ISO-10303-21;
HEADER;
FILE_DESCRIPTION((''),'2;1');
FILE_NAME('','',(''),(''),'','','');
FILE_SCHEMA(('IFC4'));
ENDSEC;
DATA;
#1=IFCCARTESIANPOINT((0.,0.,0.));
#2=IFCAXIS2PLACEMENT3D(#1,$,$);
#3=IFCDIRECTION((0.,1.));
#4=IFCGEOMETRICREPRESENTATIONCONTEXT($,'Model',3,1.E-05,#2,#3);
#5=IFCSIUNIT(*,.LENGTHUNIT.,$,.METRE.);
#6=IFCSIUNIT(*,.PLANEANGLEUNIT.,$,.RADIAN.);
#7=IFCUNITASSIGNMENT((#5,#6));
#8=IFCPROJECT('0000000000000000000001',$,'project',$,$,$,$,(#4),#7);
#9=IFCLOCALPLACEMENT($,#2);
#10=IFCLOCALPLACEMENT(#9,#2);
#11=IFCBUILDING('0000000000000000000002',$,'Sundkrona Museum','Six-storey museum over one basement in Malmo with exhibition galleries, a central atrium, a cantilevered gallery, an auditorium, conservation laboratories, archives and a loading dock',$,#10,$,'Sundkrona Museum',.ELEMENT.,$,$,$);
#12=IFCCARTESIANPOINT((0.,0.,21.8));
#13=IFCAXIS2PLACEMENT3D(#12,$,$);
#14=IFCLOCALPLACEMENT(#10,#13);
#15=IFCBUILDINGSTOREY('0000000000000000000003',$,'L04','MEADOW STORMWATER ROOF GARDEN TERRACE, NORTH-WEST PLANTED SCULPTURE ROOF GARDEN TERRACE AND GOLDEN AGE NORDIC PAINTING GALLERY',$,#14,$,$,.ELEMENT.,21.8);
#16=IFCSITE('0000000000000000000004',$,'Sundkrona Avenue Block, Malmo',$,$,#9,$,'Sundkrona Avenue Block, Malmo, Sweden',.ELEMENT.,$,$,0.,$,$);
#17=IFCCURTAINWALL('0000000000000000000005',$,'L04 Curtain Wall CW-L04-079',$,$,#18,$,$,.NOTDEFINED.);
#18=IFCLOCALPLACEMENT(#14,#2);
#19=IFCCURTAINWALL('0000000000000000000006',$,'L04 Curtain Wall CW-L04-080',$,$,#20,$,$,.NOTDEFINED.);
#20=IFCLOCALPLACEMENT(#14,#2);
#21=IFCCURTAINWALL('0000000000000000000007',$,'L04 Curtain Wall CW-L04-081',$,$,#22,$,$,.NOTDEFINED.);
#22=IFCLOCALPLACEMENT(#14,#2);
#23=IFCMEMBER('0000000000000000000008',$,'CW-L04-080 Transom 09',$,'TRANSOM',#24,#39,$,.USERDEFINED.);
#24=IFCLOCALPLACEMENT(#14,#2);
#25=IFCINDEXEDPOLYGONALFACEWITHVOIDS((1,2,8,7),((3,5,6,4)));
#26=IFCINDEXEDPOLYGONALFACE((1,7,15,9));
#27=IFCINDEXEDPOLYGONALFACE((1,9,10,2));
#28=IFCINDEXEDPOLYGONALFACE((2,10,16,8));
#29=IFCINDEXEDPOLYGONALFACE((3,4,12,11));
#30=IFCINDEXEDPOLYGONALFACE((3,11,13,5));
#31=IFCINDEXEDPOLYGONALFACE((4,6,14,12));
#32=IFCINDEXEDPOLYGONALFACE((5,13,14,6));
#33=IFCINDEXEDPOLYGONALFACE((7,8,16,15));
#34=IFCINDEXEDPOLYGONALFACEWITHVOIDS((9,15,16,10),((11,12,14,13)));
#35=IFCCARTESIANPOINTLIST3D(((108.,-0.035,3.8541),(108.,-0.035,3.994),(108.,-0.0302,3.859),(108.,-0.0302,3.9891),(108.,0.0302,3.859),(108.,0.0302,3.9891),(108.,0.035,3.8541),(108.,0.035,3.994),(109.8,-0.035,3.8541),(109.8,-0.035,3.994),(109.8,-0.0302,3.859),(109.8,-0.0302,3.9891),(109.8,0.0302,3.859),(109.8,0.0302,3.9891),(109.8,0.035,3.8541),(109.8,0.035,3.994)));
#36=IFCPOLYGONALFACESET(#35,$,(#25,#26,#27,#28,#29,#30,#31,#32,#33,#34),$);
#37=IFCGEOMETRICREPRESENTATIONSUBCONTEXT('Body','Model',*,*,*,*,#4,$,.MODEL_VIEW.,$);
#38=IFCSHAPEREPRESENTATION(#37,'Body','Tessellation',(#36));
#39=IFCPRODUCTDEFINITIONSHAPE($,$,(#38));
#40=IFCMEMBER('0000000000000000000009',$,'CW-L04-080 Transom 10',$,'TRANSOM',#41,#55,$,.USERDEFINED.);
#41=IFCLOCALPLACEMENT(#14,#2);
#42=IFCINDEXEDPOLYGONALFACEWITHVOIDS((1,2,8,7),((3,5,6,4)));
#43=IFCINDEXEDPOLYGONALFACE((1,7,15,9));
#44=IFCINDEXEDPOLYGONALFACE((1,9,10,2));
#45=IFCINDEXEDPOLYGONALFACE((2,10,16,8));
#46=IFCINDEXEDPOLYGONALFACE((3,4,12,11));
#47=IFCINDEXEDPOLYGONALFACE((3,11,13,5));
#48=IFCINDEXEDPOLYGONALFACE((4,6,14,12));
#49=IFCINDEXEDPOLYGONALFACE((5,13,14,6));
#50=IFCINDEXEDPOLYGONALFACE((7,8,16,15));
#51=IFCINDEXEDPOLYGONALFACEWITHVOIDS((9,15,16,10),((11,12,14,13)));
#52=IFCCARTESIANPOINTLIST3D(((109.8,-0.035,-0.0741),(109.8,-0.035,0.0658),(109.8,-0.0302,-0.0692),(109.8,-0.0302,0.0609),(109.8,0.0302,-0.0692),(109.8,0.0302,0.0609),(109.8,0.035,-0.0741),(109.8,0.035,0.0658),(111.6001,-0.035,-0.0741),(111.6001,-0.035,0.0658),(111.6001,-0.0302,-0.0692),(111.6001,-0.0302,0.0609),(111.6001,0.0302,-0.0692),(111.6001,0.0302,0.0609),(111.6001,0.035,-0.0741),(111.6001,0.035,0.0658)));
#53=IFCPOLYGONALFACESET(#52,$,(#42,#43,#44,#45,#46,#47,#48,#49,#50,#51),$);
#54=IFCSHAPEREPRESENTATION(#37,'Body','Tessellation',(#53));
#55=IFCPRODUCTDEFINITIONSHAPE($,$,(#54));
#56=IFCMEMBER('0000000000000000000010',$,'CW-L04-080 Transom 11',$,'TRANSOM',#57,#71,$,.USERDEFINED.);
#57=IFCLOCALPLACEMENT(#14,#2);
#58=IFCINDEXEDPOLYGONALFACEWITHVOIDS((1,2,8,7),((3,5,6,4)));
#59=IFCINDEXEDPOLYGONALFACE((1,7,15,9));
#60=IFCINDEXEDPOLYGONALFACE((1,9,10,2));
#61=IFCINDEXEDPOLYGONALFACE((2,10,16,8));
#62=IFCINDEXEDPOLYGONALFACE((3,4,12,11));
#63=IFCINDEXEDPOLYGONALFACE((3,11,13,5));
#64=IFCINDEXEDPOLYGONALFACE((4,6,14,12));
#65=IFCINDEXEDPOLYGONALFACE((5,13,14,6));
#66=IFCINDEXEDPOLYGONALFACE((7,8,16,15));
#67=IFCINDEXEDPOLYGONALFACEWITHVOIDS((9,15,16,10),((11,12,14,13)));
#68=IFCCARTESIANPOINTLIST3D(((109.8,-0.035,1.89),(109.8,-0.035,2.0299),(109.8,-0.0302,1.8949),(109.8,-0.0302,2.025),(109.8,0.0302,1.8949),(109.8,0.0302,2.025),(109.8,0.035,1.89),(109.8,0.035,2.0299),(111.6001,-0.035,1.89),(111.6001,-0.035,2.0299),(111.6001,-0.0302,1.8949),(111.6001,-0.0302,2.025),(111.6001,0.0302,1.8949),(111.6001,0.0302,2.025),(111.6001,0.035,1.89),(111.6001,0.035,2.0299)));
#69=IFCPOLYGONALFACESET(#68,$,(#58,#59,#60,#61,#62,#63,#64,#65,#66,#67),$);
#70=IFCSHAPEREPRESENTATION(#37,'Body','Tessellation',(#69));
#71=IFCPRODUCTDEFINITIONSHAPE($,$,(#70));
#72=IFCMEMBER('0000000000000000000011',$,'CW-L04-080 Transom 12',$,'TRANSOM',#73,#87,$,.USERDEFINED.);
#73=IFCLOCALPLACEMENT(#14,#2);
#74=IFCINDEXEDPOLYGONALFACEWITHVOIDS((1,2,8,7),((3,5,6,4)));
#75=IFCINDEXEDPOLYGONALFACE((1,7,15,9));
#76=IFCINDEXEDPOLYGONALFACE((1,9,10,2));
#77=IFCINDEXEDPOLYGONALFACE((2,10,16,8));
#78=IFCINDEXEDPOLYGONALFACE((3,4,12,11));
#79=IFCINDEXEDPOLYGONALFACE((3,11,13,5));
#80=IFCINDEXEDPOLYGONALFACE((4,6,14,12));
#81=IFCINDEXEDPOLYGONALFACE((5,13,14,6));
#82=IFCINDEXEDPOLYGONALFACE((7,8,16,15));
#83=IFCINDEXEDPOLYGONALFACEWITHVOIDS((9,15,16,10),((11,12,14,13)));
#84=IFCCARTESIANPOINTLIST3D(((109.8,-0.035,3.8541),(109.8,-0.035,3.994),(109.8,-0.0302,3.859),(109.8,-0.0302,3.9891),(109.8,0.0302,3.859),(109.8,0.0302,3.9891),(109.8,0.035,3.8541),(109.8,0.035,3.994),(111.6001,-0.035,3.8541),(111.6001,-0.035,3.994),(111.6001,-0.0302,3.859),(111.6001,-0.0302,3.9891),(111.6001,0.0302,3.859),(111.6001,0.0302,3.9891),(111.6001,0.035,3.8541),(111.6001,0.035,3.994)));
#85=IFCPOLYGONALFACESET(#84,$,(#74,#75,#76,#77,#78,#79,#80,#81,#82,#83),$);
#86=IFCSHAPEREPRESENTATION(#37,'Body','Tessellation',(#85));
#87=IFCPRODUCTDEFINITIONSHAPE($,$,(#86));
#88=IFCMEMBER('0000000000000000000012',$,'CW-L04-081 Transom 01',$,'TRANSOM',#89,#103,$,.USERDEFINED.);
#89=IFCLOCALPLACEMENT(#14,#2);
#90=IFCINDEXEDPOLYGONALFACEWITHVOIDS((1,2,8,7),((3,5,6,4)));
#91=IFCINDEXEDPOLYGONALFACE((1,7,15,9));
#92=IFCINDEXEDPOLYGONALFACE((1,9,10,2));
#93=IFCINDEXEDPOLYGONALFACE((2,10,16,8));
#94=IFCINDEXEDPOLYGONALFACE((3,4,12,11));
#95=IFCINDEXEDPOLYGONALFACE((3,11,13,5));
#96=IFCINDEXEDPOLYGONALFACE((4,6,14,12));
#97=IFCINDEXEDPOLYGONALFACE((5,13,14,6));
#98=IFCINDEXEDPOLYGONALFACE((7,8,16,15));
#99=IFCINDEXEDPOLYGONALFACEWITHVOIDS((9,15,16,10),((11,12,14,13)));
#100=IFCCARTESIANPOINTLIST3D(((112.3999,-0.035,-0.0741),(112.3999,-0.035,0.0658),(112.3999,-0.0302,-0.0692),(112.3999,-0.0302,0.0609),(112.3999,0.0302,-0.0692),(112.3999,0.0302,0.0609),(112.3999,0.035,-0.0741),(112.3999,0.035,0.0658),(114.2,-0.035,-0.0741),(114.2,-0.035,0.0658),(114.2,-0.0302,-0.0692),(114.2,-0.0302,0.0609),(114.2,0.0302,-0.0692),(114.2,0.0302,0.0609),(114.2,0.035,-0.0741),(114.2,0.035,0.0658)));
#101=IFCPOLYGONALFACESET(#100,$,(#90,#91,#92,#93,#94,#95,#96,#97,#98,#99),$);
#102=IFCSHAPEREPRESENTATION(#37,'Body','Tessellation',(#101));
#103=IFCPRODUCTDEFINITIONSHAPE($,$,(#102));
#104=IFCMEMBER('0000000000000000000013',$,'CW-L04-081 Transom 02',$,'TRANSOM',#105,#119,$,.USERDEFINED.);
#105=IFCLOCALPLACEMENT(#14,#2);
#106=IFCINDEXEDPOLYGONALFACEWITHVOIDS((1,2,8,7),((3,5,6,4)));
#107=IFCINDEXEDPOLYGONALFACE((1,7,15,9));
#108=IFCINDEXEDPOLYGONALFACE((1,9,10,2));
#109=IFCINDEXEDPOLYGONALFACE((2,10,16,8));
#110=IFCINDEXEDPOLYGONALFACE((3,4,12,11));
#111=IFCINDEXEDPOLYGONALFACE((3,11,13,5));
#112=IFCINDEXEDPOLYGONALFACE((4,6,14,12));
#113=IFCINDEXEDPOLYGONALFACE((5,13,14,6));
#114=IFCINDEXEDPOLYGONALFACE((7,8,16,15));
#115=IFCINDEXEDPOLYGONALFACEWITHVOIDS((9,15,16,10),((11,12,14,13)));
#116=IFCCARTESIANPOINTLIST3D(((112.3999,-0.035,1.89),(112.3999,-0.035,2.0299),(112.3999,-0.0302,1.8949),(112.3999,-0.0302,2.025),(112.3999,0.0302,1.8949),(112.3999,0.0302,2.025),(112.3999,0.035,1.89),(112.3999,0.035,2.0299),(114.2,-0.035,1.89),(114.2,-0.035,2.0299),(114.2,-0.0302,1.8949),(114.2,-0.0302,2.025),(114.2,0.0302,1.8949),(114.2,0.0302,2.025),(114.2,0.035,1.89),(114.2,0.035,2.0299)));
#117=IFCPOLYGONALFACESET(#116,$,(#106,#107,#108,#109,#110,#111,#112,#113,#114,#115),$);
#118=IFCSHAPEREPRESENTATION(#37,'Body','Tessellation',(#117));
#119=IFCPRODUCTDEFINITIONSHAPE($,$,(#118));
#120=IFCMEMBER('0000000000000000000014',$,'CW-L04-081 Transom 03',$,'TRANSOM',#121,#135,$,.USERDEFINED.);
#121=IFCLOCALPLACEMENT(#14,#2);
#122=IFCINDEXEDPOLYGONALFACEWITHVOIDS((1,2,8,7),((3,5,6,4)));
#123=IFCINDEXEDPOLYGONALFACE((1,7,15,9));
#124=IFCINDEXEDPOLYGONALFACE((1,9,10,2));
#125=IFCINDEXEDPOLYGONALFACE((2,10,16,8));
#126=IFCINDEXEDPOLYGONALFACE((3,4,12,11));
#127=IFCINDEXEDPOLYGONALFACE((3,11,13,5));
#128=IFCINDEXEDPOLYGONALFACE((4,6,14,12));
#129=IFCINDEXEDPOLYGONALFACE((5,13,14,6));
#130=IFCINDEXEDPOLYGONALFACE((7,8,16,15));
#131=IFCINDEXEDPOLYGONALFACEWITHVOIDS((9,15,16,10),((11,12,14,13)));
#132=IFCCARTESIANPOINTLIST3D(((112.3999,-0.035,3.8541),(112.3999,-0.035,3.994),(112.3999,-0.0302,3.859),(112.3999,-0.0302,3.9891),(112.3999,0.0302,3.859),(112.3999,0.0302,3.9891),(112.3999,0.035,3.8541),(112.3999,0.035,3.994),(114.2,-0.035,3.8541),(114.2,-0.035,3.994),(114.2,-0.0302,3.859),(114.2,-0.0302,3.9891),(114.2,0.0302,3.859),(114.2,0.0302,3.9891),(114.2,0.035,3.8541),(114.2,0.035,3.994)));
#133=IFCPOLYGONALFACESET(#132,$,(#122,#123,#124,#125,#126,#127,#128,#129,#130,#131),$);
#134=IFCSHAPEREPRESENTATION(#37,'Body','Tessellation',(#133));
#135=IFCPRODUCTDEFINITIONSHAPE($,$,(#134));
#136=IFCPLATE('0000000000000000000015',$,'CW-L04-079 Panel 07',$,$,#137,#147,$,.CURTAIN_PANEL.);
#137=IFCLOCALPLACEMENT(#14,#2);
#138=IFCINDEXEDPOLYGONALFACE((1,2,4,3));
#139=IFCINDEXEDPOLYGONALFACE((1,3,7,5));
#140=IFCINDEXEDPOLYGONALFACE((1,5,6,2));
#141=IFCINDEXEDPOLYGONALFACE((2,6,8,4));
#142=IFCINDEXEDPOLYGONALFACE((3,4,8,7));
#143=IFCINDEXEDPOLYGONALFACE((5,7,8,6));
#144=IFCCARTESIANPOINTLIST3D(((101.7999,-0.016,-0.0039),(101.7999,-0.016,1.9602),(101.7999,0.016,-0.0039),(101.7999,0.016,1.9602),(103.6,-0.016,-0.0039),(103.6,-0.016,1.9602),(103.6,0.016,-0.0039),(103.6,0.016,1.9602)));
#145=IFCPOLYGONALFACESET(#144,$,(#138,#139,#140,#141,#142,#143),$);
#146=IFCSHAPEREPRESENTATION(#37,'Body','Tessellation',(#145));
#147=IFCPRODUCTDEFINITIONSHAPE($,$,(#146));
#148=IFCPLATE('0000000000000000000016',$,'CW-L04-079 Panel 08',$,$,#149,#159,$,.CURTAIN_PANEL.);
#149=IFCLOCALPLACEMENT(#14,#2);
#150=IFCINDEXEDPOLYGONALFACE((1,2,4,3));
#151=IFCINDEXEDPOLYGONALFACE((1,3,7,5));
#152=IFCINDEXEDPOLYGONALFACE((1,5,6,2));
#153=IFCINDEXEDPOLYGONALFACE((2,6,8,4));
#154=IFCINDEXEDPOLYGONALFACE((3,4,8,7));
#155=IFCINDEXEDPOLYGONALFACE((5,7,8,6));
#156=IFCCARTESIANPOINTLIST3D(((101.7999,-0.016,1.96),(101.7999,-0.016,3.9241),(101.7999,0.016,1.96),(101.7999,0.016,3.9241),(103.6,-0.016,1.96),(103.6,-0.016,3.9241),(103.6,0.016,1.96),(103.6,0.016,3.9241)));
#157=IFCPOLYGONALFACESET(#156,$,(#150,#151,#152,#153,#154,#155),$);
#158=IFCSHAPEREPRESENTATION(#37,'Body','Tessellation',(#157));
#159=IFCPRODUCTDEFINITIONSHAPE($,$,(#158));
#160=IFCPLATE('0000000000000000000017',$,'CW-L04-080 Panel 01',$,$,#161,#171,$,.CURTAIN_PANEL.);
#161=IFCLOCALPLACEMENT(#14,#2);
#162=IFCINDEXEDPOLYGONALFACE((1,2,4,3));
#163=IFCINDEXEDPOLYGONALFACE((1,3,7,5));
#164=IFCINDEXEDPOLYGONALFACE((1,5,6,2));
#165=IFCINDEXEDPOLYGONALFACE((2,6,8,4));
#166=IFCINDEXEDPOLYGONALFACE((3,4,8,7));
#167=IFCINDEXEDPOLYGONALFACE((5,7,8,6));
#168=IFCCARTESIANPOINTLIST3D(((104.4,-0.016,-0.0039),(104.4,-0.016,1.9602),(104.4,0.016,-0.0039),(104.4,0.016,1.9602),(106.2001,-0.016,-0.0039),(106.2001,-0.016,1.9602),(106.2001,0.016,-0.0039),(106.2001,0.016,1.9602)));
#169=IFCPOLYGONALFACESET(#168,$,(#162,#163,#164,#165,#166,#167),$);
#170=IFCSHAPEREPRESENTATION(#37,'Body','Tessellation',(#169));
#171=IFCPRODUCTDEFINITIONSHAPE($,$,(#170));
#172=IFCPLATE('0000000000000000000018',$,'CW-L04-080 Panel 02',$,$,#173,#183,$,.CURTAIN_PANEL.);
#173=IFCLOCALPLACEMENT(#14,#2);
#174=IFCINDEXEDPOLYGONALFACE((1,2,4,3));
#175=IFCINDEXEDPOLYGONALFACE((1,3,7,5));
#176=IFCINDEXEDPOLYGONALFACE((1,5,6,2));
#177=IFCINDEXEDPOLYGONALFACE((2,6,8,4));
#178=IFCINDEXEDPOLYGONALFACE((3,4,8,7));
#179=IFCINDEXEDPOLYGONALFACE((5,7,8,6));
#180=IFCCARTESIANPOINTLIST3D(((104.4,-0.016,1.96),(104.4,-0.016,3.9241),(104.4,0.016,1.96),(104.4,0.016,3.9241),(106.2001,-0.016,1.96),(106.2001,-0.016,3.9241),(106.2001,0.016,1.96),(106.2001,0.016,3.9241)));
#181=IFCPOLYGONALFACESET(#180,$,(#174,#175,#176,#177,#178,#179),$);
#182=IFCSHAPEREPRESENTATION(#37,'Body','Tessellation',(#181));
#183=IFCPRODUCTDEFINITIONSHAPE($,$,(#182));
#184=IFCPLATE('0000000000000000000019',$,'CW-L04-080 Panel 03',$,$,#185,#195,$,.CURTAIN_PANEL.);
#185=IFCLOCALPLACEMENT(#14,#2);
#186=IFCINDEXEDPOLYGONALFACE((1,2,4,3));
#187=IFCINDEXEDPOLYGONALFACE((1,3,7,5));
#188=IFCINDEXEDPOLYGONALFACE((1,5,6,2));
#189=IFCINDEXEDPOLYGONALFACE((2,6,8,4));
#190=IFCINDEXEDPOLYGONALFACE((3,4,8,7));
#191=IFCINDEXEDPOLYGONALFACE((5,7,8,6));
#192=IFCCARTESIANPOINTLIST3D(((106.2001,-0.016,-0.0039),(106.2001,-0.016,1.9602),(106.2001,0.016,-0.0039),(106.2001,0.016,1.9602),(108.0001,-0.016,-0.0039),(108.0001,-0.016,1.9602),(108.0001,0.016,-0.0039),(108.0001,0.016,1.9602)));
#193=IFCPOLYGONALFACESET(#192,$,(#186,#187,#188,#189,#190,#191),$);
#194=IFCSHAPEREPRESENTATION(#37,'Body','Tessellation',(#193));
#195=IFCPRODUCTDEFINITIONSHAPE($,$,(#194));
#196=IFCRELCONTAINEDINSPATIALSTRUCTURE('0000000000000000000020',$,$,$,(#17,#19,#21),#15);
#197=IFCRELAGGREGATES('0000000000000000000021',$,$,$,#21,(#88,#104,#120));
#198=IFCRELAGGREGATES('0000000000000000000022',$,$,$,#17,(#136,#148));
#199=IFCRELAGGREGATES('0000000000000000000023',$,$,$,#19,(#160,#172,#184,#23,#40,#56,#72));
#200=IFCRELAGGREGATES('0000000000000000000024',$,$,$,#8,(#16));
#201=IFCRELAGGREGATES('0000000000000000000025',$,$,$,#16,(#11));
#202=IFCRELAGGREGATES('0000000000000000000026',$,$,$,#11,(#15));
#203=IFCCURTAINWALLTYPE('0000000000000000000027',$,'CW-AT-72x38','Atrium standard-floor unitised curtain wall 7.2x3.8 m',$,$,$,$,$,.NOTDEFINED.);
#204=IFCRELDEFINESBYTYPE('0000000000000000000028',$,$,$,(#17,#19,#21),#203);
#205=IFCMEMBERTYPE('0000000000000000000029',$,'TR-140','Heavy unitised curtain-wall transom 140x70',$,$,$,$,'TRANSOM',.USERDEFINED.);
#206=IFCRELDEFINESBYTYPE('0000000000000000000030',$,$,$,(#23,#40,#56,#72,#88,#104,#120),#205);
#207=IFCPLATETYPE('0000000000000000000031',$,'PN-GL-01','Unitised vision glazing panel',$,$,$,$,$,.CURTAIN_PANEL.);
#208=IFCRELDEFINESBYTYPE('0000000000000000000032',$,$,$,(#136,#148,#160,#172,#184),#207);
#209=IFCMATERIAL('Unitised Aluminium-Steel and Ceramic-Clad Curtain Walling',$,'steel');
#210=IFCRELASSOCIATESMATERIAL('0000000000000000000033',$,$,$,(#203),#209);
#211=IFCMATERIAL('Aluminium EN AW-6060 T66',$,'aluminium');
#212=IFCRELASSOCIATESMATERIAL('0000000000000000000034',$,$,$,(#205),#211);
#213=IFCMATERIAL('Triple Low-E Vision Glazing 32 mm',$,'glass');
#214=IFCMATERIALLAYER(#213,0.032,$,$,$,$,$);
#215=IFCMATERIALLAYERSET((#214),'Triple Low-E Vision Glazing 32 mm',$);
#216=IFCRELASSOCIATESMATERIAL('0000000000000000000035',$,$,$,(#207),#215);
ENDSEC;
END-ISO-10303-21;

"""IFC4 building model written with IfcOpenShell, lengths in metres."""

from ifc_helpers import new_model, si_unit, direction, frame, origin, origin_2d, place, context, subcontext, project, spatial, rectangle, hollow_rectangle, extrude, material, layer, layer_set, material_profile, profile_set, type_object, element, aggregate, save


model = new_model("IFC4")

# Units and contexts
model_context = context("Model", 3, precision=1e-05, world=origin(), true_north=direction((0.0, 1.0)))
body_context = subcontext(model_context, "Body", "Model", "MODEL_VIEW")
ifc_project = project(units=[si_unit("LENGTHUNIT", "METRE"), si_unit("PLANEANGLEUNIT", "RADIAN")], contexts=[model_context])

# Site, building, storey
site_placement = place(None, origin())
site = spatial("IfcSite", under=ifc_project, at=site_placement, Name="Sundkrona Avenue Block, Malmo", LongName="Sundkrona Avenue Block, Malmo, Sweden", CompositionType="ELEMENT", RefElevation=0.0)
building_placement = place(site_placement, origin())
building = spatial("IfcBuilding", under=site, at=building_placement, Name="Sundkrona Museum", Description="Six-storey museum over one basement in Malmo with exhibition galleries, a central atrium, a cantilevered gallery, an auditorium, conservation laboratories, archives and a loading dock", LongName="Sundkrona Museum", CompositionType="ELEMENT")
storey_placement = place(building_placement, frame((0.0, 0.0, 21.8)))
storey = spatial("IfcBuildingStorey", under=building, at=storey_placement, Name="L04", Description="MEADOW STORMWATER ROOF GARDEN TERRACE, NORTH-WEST PLANTED SCULPTURE ROOF GARDEN TERRACE AND GOLDEN AGE NORDIC PAINTING GALLERY", CompositionType="ELEMENT", Elevation=21.8)

# Curtain wall
ifc_material_1 = material(Name="Unitised Aluminium-Steel and Ceramic-Clad Curtain Walling", Category="steel")
curtain_wall_type = type_object("IfcCurtainWallType", Name="CW-AT-72x38", Description="Atrium standard-floor unitised curtain wall 7.2x3.8 m", PredefinedType="NOTDEFINED", material=ifc_material_1)
curtain_wall_1_placement = place(storey_placement, origin())
curtain_wall_1 = element("IfcCurtainWall", 1, at=curtain_wall_1_placement, inside=storey, type_object=curtain_wall_type, Name="L04 Curtain Wall CW-L04-079", PredefinedType="NOTDEFINED")
ifc_material_2 = material(Name="Aluminium EN AW-6060 T66", Category="aluminium")

# Curtain wall
curtain_wall_2_placement = place(storey_placement, origin())
curtain_wall_2 = element("IfcCurtainWall", 2, at=curtain_wall_2_placement, inside=storey, type_object=curtain_wall_type, Name="L04 Curtain Wall CW-L04-080", PredefinedType="NOTDEFINED")

# Curtain wall
curtain_wall_3_placement = place(storey_placement, origin())
curtain_wall_3 = element("IfcCurtainWall", 3, at=curtain_wall_3_placement, inside=storey, type_object=curtain_wall_type, Name="L04 Curtain Wall CW-L04-081", PredefinedType="NOTDEFINED")

# Members
ifc_material_profile_1 = material_profile(ifc_material_2, hollow_rectangle(XDim=0.0701, YDim=0.1399, WallThickness=0.0049, at=origin_2d()), Name="RHS 140x70x5.0")
ifc_profile_set_1 = profile_set([ifc_material_profile_1], Name="Aluminium EN AW-6060 T66")
member_type_1 = type_object("IfcMemberType", Name="TR-140", Description="Heavy unitised curtain-wall transom 140x70", ElementType="TRANSOM", PredefinedType="USERDEFINED", material=ifc_profile_set_1)
member_1_placement = place(storey_placement, frame((108.0, 0.0, 3.9241), z_axis=(1.0, 0.0, 0.0), x_axis=(0.0, 1.0, 0.0)))
member_1 = element("IfcMember", 4, at=member_1_placement, type_object=member_type_1, Name="CW-L04-080 Transom 09", ObjectType="TRANSOM", PredefinedType="USERDEFINED", context=body_context, shape_type="SweptSolid", body=[
    extrude(hollow_rectangle(XDim=0.0701, YDim=0.1399, WallThickness=0.0049, at=origin_2d()), origin(), (0.0, 0.0, 1.0), 1.8),
])
member_2_placement = place(storey_placement, frame((109.8, 0.0, -0.0042), z_axis=(1.0, 0.0, 0.0), x_axis=(0.0, 1.0, 0.0)))
member_2 = element("IfcMember", 5, at=member_2_placement, type_object=member_type_1, Name="CW-L04-080 Transom 10", ObjectType="TRANSOM", PredefinedType="USERDEFINED", context=body_context, shape_type="SweptSolid", body=[
    extrude(hollow_rectangle(XDim=0.0701, YDim=0.1399, WallThickness=0.0049, at=origin_2d()), origin(), (0.0, 0.0, 1.0), 1.8),
])
member_3_placement = place(storey_placement, frame((109.8, 0.0, 1.96), z_axis=(1.0, 0.0, 0.0), x_axis=(0.0, 1.0, 0.0)))
member_3 = element("IfcMember", 6, at=member_3_placement, type_object=member_type_1, Name="CW-L04-080 Transom 11", ObjectType="TRANSOM", PredefinedType="USERDEFINED", context=body_context, shape_type="SweptSolid", body=[
    extrude(hollow_rectangle(XDim=0.0701, YDim=0.1399, WallThickness=0.0049, at=origin_2d()), origin(), (0.0, 0.0, 1.0), 1.8),
])
member_4_placement = place(storey_placement, frame((109.8, 0.0, 3.9241), z_axis=(1.0, 0.0, 0.0), x_axis=(0.0, 1.0, 0.0)))
member_4 = element("IfcMember", 7, at=member_4_placement, type_object=member_type_1, Name="CW-L04-080 Transom 12", ObjectType="TRANSOM", PredefinedType="USERDEFINED", context=body_context, shape_type="SweptSolid", body=[
    extrude(hollow_rectangle(XDim=0.0701, YDim=0.1399, WallThickness=0.0049, at=origin_2d()), origin(), (0.0, 0.0, 1.0), 1.8),
])
member_5_placement = place(storey_placement, frame((112.3999, 0.0, -0.0042), z_axis=(1.0, 0.0, 0.0), x_axis=(0.0, 1.0, 0.0)))
member_5 = element("IfcMember", 8, at=member_5_placement, type_object=member_type_1, Name="CW-L04-081 Transom 01", ObjectType="TRANSOM", PredefinedType="USERDEFINED", context=body_context, shape_type="SweptSolid", body=[
    extrude(hollow_rectangle(XDim=0.0701, YDim=0.1399, WallThickness=0.0049, at=origin_2d()), origin(), (0.0, 0.0, 1.0), 1.8),
])
member_6_placement = place(storey_placement, frame((112.3999, 0.0, 1.96), z_axis=(1.0, 0.0, 0.0), x_axis=(0.0, 1.0, 0.0)))
member_6 = element("IfcMember", 9, at=member_6_placement, type_object=member_type_1, Name="CW-L04-081 Transom 02", ObjectType="TRANSOM", PredefinedType="USERDEFINED", context=body_context, shape_type="SweptSolid", body=[
    extrude(hollow_rectangle(XDim=0.0701, YDim=0.1399, WallThickness=0.0049, at=origin_2d()), origin(), (0.0, 0.0, 1.0), 1.8),
])
member_7_placement = place(storey_placement, frame((112.3999, 0.0, 3.9241), z_axis=(1.0, 0.0, 0.0), x_axis=(0.0, 1.0, 0.0)))
member_7 = element("IfcMember", 10, at=member_7_placement, type_object=member_type_1, Name="CW-L04-081 Transom 03", ObjectType="TRANSOM", PredefinedType="USERDEFINED", context=body_context, shape_type="SweptSolid", body=[
    extrude(hollow_rectangle(XDim=0.0701, YDim=0.1399, WallThickness=0.0049, at=origin_2d()), origin(), (0.0, 0.0, 1.0), 1.8),
])
aggregate(curtain_wall_3, [member_5, member_6, member_7])

# Plates
ifc_material_3 = material(Name="Triple Low-E Vision Glazing 32 mm", Category="glass")
ifc_layer = layer(ifc_material_3, 0.032)
ifc_layer_set = layer_set([ifc_layer], Name="Triple Low-E Vision Glazing 32 mm")
plate_type = type_object("IfcPlateType", Name="PN-GL-01", Description="Unitised vision glazing panel", PredefinedType="CURTAIN_PANEL", material=ifc_layer_set)
plate_1_placement = place(storey_placement, frame((102.7, 0.0, -0.0039), z_axis=(0.0, 0.0, 1.0), x_axis=(1.0, 0.0, 0.0)))
plate_1 = element("IfcPlate", 11, at=plate_1_placement, type_object=plate_type, Name="CW-L04-079 Panel 07", PredefinedType="CURTAIN_PANEL", context=body_context, shape_type="SweptSolid", body=[
    extrude(rectangle(XDim=1.8, YDim=0.032, at=origin_2d()), origin(), (0.0, 0.0, 1.0), 1.9641),
])
plate_2_placement = place(storey_placement, frame((102.7, 0.0, 1.96), z_axis=(0.0, 0.0, 1.0), x_axis=(1.0, 0.0, 0.0)))
plate_2 = element("IfcPlate", 12, at=plate_2_placement, type_object=plate_type, Name="CW-L04-079 Panel 08", PredefinedType="CURTAIN_PANEL", context=body_context, shape_type="SweptSolid", body=[
    extrude(rectangle(XDim=1.8, YDim=0.032, at=origin_2d()), origin(), (0.0, 0.0, 1.0), 1.9641),
])
aggregate(curtain_wall_1, [plate_1, plate_2])
plate_3_placement = place(storey_placement, frame((105.3, 0.0, -0.0039), z_axis=(0.0, 0.0, 1.0), x_axis=(1.0, 0.0, 0.0)))
plate_3 = element("IfcPlate", 13, at=plate_3_placement, type_object=plate_type, Name="CW-L04-080 Panel 01", PredefinedType="CURTAIN_PANEL", context=body_context, shape_type="SweptSolid", body=[
    extrude(rectangle(XDim=1.8, YDim=0.032, at=origin_2d()), origin(), (0.0, 0.0, 1.0), 1.9641),
])
plate_4_placement = place(storey_placement, frame((105.3, 0.0, 1.96), z_axis=(0.0, 0.0, 1.0), x_axis=(1.0, 0.0, 0.0)))
plate_4 = element("IfcPlate", 14, at=plate_4_placement, type_object=plate_type, Name="CW-L04-080 Panel 02", PredefinedType="CURTAIN_PANEL", context=body_context, shape_type="SweptSolid", body=[
    extrude(rectangle(XDim=1.8, YDim=0.032, at=origin_2d()), origin(), (0.0, 0.0, 1.0), 1.9641),
])
plate_5_placement = place(storey_placement, frame((107.1001, 0.0, -0.0039), z_axis=(0.0, 0.0, 1.0), x_axis=(1.0, 0.0, 0.0)))
plate_5 = element("IfcPlate", 15, at=plate_5_placement, type_object=plate_type, Name="CW-L04-080 Panel 03", PredefinedType="CURTAIN_PANEL", context=body_context, shape_type="SweptSolid", body=[
    extrude(rectangle(XDim=1.8, YDim=0.032, at=origin_2d()), origin(), (0.0, 0.0, 1.0), 1.9641),
])
aggregate(curtain_wall_2, [plate_3, plate_4, plate_5, member_1, member_2, member_3, member_4])

save(model, "model.ifc")
